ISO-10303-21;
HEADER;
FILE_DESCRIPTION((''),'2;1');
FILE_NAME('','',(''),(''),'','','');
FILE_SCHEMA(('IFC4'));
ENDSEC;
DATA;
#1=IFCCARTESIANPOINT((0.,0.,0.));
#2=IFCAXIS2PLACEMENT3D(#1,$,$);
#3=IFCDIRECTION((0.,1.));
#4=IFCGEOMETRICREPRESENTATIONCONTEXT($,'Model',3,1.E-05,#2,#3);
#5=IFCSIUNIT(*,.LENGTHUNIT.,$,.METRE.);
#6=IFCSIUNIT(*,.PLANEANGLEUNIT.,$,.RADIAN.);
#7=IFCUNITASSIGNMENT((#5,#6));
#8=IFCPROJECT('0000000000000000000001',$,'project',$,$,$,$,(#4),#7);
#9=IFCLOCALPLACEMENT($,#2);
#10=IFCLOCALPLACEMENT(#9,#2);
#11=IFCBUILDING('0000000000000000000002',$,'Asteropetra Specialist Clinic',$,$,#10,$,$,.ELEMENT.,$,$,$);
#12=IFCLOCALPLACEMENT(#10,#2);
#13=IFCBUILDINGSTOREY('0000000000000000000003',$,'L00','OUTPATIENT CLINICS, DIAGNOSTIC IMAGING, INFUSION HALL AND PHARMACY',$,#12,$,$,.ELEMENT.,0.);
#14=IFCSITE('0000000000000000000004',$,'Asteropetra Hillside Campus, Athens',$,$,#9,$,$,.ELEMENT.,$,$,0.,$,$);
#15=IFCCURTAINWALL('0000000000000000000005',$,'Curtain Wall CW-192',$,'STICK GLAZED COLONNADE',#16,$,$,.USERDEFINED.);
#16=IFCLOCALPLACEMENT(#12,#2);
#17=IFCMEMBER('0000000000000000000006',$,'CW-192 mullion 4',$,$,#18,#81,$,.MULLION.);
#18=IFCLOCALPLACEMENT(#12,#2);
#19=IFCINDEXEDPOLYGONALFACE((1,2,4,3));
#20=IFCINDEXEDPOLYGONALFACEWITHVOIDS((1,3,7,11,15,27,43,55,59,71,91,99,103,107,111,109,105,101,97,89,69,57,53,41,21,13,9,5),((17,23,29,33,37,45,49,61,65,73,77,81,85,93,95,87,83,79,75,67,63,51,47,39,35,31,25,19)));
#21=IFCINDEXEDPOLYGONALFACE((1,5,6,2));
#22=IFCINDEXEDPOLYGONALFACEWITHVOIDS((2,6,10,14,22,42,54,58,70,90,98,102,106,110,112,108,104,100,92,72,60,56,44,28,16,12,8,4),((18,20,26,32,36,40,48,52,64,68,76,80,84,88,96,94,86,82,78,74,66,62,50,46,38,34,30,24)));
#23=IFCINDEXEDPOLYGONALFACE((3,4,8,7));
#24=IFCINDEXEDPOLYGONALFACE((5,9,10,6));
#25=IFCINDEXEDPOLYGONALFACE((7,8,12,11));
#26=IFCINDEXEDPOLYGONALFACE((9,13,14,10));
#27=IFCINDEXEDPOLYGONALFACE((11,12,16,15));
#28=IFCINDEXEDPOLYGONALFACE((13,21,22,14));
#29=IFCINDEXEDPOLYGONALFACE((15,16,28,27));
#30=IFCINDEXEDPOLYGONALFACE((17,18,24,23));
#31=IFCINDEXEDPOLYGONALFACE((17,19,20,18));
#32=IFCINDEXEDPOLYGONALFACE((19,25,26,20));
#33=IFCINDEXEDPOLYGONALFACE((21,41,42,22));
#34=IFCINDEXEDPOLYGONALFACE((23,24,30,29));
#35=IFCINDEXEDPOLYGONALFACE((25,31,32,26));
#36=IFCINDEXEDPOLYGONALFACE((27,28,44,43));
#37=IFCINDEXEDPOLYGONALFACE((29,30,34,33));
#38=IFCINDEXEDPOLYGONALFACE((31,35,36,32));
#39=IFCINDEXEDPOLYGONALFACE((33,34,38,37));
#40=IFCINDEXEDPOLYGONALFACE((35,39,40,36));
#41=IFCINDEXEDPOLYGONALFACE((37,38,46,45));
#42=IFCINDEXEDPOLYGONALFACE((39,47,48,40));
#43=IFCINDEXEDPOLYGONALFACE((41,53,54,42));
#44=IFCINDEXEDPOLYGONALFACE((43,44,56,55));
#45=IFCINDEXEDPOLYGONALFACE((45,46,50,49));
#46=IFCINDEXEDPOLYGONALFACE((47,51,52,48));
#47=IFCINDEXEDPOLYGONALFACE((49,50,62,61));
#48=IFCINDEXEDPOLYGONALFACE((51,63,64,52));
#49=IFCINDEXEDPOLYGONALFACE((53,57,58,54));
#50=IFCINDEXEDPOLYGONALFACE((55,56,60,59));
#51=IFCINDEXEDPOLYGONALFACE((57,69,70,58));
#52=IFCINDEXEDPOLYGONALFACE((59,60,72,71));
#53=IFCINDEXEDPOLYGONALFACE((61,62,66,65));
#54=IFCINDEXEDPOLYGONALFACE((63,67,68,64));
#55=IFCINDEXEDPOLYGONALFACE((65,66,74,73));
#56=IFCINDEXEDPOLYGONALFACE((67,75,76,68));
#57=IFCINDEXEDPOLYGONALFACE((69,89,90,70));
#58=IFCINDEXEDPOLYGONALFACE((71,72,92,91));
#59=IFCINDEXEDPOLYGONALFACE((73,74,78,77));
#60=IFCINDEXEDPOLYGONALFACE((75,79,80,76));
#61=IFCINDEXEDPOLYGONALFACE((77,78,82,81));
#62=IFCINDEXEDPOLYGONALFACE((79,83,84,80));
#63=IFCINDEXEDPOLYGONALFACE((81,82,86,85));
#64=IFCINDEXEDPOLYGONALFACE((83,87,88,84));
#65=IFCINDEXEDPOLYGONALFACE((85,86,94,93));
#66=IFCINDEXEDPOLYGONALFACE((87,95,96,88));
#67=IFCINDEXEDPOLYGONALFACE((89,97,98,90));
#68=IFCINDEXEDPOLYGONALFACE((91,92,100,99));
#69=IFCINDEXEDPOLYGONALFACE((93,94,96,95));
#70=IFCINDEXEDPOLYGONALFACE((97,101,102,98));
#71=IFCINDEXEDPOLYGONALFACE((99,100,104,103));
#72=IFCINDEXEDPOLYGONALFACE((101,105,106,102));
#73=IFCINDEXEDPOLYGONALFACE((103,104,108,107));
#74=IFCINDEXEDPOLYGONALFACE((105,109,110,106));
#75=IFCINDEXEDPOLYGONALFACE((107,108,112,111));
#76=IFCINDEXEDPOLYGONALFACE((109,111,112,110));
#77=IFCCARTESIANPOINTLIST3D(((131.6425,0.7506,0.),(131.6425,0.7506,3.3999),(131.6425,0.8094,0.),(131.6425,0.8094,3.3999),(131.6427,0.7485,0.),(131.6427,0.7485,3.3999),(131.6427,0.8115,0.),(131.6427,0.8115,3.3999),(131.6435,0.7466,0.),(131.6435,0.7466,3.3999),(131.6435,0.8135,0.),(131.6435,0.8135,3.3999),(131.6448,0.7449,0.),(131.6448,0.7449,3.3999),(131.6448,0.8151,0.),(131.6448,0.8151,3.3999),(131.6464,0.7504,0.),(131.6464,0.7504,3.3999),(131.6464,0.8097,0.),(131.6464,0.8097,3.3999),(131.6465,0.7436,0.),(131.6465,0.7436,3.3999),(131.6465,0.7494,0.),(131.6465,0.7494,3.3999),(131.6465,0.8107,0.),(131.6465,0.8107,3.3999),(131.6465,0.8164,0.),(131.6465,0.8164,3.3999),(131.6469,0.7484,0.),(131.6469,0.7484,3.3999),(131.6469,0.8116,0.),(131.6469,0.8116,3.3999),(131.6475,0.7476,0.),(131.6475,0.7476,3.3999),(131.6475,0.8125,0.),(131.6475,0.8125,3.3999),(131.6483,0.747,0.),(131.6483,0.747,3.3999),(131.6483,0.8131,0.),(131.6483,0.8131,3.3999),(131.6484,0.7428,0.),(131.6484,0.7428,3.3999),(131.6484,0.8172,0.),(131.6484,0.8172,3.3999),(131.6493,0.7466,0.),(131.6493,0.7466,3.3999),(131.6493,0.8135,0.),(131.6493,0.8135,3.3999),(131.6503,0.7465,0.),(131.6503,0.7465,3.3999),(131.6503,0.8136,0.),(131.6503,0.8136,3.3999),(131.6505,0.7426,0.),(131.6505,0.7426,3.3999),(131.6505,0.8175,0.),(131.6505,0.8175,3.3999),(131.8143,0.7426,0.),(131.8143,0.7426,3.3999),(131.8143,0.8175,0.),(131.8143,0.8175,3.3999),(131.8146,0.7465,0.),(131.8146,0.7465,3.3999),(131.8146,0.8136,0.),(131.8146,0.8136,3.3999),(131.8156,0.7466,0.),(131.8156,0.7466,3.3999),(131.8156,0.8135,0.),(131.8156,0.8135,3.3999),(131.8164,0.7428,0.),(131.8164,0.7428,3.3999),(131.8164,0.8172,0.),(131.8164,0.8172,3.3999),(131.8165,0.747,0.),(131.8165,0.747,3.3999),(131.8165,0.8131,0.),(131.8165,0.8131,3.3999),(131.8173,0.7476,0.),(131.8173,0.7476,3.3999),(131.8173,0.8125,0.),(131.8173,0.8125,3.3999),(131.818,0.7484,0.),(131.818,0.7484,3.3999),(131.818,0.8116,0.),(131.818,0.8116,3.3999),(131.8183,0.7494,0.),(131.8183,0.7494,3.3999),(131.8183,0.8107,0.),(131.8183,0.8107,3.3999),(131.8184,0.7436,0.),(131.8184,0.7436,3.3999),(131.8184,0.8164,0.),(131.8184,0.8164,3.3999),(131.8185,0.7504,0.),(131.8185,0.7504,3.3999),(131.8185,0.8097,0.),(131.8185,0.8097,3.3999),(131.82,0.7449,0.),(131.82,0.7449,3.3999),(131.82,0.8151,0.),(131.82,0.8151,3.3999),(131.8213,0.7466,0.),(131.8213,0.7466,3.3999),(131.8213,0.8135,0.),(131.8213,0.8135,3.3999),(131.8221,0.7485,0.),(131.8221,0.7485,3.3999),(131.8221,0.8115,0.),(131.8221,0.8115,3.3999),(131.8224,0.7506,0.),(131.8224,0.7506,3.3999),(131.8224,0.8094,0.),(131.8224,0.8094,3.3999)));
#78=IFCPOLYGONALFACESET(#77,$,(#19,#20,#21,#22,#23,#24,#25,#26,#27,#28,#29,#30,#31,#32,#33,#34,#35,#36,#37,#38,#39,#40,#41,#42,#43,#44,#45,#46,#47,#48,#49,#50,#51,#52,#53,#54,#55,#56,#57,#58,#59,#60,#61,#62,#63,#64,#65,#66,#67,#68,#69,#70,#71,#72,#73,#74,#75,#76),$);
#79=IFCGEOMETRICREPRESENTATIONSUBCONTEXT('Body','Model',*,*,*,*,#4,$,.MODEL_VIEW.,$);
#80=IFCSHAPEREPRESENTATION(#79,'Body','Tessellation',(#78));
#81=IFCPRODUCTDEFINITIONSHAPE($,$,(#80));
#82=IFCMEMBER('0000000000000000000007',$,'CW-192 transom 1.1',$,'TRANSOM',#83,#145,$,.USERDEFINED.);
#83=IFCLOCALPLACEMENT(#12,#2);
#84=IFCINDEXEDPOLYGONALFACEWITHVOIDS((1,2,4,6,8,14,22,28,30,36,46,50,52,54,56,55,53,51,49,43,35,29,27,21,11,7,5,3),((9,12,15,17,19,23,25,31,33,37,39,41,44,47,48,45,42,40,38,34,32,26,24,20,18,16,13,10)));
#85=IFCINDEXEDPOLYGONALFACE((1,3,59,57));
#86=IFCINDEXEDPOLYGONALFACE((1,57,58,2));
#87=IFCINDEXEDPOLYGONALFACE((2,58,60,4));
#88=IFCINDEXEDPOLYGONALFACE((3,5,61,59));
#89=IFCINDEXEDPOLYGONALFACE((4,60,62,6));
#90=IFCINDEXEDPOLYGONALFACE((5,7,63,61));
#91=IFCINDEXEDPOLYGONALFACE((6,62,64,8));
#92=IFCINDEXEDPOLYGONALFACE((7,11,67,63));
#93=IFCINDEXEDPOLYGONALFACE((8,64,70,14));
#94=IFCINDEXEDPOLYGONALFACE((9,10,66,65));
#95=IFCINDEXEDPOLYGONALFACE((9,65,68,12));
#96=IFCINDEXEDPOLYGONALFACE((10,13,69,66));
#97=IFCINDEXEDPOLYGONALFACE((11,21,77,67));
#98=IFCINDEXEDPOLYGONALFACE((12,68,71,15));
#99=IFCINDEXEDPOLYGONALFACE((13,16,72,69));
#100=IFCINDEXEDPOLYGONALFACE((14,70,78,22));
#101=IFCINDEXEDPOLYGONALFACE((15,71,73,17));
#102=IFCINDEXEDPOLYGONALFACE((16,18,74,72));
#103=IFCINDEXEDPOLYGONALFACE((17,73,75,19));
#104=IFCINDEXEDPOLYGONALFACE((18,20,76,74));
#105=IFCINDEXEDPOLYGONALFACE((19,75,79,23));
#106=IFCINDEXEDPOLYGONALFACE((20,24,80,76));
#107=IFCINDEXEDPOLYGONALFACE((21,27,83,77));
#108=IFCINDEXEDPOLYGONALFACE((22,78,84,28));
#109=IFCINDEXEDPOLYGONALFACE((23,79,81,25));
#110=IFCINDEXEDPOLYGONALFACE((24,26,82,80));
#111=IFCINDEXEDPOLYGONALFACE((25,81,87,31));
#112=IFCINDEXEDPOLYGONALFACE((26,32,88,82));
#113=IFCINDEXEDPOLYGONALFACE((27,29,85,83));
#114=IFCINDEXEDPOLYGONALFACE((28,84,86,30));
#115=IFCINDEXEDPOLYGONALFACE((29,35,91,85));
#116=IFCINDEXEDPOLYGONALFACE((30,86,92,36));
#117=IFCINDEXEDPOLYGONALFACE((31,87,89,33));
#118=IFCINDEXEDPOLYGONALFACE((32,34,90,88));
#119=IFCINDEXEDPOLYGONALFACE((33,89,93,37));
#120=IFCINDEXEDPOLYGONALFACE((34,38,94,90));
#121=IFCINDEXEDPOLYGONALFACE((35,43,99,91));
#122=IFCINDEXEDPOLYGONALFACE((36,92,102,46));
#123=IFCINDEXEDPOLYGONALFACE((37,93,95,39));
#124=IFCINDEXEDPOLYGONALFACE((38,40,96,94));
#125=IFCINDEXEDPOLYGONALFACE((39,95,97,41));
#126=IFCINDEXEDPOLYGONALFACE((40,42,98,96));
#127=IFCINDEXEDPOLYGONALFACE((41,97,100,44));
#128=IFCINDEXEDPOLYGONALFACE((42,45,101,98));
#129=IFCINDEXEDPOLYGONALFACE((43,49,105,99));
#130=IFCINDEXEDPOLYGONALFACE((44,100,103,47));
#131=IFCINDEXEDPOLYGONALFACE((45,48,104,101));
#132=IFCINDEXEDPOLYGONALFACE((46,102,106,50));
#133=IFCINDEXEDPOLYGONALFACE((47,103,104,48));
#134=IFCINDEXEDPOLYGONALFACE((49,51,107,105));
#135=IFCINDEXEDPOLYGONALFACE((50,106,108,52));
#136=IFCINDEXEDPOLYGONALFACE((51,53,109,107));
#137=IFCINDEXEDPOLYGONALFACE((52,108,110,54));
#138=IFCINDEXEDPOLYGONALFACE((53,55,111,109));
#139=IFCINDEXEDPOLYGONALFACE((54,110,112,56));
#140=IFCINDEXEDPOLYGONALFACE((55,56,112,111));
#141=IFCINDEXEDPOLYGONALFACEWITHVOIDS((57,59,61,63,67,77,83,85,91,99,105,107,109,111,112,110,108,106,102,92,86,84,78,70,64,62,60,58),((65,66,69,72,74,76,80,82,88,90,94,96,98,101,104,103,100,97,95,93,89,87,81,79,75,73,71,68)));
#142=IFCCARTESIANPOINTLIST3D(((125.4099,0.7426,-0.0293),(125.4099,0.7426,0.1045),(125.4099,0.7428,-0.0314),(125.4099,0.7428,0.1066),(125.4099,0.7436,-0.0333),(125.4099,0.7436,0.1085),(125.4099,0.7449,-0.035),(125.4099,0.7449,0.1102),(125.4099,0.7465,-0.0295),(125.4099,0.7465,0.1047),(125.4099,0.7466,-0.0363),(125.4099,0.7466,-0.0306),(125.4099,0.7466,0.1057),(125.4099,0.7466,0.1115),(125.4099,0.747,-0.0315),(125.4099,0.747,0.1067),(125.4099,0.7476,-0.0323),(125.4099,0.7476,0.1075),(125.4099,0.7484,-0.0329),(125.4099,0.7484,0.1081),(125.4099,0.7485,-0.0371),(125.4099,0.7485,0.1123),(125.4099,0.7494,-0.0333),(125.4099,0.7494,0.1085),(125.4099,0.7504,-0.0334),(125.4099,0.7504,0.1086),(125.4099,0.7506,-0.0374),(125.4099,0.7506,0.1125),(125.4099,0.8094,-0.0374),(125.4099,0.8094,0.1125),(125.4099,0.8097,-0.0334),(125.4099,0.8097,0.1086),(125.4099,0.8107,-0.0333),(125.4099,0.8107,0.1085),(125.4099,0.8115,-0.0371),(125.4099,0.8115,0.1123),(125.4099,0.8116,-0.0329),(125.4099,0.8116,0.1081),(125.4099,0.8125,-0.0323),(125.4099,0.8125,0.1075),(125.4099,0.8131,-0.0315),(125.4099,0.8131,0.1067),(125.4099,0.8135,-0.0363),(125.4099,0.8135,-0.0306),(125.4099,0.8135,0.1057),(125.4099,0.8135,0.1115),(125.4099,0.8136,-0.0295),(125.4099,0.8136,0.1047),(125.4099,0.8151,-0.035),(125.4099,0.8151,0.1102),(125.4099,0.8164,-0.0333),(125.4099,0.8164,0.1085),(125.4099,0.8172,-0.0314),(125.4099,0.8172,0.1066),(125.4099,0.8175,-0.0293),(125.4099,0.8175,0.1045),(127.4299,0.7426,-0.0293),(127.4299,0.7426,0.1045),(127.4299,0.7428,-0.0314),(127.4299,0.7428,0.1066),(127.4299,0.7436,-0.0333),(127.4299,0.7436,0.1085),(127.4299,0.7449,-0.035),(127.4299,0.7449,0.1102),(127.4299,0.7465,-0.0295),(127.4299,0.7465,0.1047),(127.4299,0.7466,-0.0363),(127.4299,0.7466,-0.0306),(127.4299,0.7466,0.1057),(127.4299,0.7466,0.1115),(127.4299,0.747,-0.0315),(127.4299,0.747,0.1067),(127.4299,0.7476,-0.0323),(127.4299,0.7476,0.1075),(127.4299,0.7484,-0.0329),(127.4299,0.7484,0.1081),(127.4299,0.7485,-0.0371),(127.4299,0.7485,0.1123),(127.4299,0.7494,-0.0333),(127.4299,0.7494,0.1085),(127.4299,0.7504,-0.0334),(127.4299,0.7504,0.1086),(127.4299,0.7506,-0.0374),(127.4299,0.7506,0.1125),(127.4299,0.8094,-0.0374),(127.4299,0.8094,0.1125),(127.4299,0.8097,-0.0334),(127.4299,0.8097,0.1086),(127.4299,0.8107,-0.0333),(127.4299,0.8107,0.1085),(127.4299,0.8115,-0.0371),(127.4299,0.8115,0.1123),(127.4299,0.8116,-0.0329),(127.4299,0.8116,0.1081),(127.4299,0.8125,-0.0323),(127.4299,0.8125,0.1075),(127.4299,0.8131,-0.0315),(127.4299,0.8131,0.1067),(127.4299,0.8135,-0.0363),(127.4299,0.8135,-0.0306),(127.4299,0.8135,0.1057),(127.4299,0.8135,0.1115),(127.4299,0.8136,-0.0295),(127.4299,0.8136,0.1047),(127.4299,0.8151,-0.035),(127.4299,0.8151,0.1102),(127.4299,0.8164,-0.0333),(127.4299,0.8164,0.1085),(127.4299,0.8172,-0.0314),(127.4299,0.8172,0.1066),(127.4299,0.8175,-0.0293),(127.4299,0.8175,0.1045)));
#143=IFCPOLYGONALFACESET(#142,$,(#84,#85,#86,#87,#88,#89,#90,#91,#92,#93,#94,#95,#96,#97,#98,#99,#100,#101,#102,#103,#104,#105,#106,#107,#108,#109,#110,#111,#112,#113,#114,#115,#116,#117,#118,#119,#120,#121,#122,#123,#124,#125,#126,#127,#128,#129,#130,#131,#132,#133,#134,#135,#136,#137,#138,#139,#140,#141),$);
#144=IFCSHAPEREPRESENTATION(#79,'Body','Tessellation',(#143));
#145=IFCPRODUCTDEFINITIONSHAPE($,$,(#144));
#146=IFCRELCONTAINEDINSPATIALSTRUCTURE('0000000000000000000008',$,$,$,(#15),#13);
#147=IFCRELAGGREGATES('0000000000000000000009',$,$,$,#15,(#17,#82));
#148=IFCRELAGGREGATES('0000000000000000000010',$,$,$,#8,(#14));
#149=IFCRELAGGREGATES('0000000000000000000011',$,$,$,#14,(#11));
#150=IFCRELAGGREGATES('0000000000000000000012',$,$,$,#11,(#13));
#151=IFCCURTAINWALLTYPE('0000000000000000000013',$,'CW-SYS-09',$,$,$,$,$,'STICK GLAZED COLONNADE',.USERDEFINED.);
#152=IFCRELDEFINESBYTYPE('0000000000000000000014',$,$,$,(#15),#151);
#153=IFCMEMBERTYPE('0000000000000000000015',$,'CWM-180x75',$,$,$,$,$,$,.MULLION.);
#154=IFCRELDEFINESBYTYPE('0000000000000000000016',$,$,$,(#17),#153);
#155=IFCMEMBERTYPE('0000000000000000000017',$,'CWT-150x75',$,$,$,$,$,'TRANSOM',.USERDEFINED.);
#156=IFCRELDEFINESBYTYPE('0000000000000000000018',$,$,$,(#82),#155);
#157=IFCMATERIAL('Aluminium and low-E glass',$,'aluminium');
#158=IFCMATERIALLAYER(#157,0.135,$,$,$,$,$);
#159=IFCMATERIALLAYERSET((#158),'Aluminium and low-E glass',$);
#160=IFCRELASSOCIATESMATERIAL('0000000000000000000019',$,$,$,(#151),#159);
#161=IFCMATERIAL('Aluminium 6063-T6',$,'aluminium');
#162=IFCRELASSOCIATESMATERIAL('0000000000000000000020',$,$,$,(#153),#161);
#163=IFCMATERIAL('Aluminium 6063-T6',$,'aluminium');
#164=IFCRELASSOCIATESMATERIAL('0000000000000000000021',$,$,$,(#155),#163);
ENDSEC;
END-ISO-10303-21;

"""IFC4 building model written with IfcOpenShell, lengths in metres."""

from ifc_helpers import new_model, si_unit, direction, frame, origin, origin_2d, place, context, subcontext, project, spatial, hollow_rectangle, extrude, material, layer, layer_set, material_profile, profile_set, type_object, element, aggregate, save


model = new_model("IFC4")

# Units and contexts
model_context = context("Model", 3, precision=1e-05, world=origin(), true_north=direction((0.0, 1.0)))
body_context = subcontext(model_context, "Body", "Model", "MODEL_VIEW")
ifc_project = project(units=[si_unit("LENGTHUNIT", "METRE"), si_unit("PLANEANGLEUNIT", "RADIAN")], contexts=[model_context])

# Site, building, storey
site_placement = place(None, origin())
site = spatial("IfcSite", under=ifc_project, at=site_placement, Name="Asteropetra Hillside Campus, Athens", CompositionType="ELEMENT", RefElevation=0.0)
building_placement = place(site_placement, origin())
building = spatial("IfcBuilding", under=site, at=building_placement, Name="Asteropetra Specialist Clinic", CompositionType="ELEMENT")
storey_placement = place(building_placement, origin())
storey = spatial("IfcBuildingStorey", under=building, at=storey_placement, Name="L00", Description="OUTPATIENT CLINICS, DIAGNOSTIC IMAGING, INFUSION HALL AND PHARMACY", CompositionType="ELEMENT", Elevation=0.0)

# Curtain wall, members
ifc_material_1 = material(Name="Aluminium and low-E glass", Category="aluminium")
ifc_layer_1 = layer(ifc_material_1, 0.135)
ifc_layer_set_1 = layer_set([ifc_layer_1], Name="Aluminium and low-E glass")
curtain_wall_type = type_object("IfcCurtainWallType", Name="CW-SYS-09", ElementType="STICK GLAZED COLONNADE", PredefinedType="USERDEFINED", material=ifc_layer_set_1)
curtain_wall_placement = place(storey_placement, origin())
curtain_wall = element("IfcCurtainWall", 1, at=curtain_wall_placement, inside=storey, type_object=curtain_wall_type, Name="Curtain Wall CW-192", ObjectType="STICK GLAZED COLONNADE", PredefinedType="USERDEFINED")
ifc_material_2 = material(Name="Aluminium 6063-T6", Category="aluminium")
ifc_material_profile_1 = material_profile(ifc_material_2, hollow_rectangle(XDim=0.075, YDim=0.1799, WallThickness=0.0039, InnerFilletRadius=0.0039, OuterFilletRadius=0.0081, at=origin_2d()), Name="MUL 180x75x4.0")
ifc_profile_set_1 = profile_set([ifc_material_profile_1], Name="Aluminium 6063-T6")
member_type_1 = type_object("IfcMemberType", Name="CWM-180x75", PredefinedType="MULLION", material=ifc_profile_set_1)
member_1_placement = place(storey_placement, frame((131.7324, 0.78, 0.0), z_axis=(0.0, 0.0, 1.0), x_axis=(0.0, 1.0, 0.0)))
member_1 = element("IfcMember", 2, at=member_1_placement, type_object=member_type_1, Name="CW-192 mullion 4", PredefinedType="MULLION", context=body_context, shape_type="SweptSolid", body=[
    extrude(hollow_rectangle(XDim=0.075, YDim=0.1799, WallThickness=0.0039, InnerFilletRadius=0.0039, OuterFilletRadius=0.0081, at=origin_2d()), origin(), (0.0, 0.0, 1.0), 3.3999),
])
ifc_material_3 = material(Name="Aluminium 6063-T6", Category="aluminium")
ifc_material_profile_2 = material_profile(ifc_material_3, hollow_rectangle(XDim=0.075, YDim=0.1499, WallThickness=0.0039, InnerFilletRadius=0.0039, OuterFilletRadius=0.0081, at=origin_2d()), Name="TRN 150x75x4.0")
ifc_profile_set_2 = profile_set([ifc_material_profile_2], Name="Aluminium 6063-T6")
member_type_2 = type_object("IfcMemberType", Name="CWT-150x75", ElementType="TRANSOM", PredefinedType="USERDEFINED", material=ifc_profile_set_2)
member_2_placement = place(storey_placement, frame((125.4099, 0.78, 0.0376), z_axis=(1.0, 0.0, 0.0), x_axis=(0.0, 1.0, 0.0)))
member_2 = element("IfcMember", 3, at=member_2_placement, type_object=member_type_2, Name="CW-192 transom 1.1", ObjectType="TRANSOM", PredefinedType="USERDEFINED", context=body_context, shape_type="SweptSolid", body=[
    extrude(hollow_rectangle(XDim=0.075, YDim=0.1499, WallThickness=0.0039, InnerFilletRadius=0.0039, OuterFilletRadius=0.0081, at=origin_2d()), origin(), (0.0, 0.0, 1.0), 2.02),
])
aggregate(curtain_wall, [member_1, member_2])

save(model, "model.ifc")
